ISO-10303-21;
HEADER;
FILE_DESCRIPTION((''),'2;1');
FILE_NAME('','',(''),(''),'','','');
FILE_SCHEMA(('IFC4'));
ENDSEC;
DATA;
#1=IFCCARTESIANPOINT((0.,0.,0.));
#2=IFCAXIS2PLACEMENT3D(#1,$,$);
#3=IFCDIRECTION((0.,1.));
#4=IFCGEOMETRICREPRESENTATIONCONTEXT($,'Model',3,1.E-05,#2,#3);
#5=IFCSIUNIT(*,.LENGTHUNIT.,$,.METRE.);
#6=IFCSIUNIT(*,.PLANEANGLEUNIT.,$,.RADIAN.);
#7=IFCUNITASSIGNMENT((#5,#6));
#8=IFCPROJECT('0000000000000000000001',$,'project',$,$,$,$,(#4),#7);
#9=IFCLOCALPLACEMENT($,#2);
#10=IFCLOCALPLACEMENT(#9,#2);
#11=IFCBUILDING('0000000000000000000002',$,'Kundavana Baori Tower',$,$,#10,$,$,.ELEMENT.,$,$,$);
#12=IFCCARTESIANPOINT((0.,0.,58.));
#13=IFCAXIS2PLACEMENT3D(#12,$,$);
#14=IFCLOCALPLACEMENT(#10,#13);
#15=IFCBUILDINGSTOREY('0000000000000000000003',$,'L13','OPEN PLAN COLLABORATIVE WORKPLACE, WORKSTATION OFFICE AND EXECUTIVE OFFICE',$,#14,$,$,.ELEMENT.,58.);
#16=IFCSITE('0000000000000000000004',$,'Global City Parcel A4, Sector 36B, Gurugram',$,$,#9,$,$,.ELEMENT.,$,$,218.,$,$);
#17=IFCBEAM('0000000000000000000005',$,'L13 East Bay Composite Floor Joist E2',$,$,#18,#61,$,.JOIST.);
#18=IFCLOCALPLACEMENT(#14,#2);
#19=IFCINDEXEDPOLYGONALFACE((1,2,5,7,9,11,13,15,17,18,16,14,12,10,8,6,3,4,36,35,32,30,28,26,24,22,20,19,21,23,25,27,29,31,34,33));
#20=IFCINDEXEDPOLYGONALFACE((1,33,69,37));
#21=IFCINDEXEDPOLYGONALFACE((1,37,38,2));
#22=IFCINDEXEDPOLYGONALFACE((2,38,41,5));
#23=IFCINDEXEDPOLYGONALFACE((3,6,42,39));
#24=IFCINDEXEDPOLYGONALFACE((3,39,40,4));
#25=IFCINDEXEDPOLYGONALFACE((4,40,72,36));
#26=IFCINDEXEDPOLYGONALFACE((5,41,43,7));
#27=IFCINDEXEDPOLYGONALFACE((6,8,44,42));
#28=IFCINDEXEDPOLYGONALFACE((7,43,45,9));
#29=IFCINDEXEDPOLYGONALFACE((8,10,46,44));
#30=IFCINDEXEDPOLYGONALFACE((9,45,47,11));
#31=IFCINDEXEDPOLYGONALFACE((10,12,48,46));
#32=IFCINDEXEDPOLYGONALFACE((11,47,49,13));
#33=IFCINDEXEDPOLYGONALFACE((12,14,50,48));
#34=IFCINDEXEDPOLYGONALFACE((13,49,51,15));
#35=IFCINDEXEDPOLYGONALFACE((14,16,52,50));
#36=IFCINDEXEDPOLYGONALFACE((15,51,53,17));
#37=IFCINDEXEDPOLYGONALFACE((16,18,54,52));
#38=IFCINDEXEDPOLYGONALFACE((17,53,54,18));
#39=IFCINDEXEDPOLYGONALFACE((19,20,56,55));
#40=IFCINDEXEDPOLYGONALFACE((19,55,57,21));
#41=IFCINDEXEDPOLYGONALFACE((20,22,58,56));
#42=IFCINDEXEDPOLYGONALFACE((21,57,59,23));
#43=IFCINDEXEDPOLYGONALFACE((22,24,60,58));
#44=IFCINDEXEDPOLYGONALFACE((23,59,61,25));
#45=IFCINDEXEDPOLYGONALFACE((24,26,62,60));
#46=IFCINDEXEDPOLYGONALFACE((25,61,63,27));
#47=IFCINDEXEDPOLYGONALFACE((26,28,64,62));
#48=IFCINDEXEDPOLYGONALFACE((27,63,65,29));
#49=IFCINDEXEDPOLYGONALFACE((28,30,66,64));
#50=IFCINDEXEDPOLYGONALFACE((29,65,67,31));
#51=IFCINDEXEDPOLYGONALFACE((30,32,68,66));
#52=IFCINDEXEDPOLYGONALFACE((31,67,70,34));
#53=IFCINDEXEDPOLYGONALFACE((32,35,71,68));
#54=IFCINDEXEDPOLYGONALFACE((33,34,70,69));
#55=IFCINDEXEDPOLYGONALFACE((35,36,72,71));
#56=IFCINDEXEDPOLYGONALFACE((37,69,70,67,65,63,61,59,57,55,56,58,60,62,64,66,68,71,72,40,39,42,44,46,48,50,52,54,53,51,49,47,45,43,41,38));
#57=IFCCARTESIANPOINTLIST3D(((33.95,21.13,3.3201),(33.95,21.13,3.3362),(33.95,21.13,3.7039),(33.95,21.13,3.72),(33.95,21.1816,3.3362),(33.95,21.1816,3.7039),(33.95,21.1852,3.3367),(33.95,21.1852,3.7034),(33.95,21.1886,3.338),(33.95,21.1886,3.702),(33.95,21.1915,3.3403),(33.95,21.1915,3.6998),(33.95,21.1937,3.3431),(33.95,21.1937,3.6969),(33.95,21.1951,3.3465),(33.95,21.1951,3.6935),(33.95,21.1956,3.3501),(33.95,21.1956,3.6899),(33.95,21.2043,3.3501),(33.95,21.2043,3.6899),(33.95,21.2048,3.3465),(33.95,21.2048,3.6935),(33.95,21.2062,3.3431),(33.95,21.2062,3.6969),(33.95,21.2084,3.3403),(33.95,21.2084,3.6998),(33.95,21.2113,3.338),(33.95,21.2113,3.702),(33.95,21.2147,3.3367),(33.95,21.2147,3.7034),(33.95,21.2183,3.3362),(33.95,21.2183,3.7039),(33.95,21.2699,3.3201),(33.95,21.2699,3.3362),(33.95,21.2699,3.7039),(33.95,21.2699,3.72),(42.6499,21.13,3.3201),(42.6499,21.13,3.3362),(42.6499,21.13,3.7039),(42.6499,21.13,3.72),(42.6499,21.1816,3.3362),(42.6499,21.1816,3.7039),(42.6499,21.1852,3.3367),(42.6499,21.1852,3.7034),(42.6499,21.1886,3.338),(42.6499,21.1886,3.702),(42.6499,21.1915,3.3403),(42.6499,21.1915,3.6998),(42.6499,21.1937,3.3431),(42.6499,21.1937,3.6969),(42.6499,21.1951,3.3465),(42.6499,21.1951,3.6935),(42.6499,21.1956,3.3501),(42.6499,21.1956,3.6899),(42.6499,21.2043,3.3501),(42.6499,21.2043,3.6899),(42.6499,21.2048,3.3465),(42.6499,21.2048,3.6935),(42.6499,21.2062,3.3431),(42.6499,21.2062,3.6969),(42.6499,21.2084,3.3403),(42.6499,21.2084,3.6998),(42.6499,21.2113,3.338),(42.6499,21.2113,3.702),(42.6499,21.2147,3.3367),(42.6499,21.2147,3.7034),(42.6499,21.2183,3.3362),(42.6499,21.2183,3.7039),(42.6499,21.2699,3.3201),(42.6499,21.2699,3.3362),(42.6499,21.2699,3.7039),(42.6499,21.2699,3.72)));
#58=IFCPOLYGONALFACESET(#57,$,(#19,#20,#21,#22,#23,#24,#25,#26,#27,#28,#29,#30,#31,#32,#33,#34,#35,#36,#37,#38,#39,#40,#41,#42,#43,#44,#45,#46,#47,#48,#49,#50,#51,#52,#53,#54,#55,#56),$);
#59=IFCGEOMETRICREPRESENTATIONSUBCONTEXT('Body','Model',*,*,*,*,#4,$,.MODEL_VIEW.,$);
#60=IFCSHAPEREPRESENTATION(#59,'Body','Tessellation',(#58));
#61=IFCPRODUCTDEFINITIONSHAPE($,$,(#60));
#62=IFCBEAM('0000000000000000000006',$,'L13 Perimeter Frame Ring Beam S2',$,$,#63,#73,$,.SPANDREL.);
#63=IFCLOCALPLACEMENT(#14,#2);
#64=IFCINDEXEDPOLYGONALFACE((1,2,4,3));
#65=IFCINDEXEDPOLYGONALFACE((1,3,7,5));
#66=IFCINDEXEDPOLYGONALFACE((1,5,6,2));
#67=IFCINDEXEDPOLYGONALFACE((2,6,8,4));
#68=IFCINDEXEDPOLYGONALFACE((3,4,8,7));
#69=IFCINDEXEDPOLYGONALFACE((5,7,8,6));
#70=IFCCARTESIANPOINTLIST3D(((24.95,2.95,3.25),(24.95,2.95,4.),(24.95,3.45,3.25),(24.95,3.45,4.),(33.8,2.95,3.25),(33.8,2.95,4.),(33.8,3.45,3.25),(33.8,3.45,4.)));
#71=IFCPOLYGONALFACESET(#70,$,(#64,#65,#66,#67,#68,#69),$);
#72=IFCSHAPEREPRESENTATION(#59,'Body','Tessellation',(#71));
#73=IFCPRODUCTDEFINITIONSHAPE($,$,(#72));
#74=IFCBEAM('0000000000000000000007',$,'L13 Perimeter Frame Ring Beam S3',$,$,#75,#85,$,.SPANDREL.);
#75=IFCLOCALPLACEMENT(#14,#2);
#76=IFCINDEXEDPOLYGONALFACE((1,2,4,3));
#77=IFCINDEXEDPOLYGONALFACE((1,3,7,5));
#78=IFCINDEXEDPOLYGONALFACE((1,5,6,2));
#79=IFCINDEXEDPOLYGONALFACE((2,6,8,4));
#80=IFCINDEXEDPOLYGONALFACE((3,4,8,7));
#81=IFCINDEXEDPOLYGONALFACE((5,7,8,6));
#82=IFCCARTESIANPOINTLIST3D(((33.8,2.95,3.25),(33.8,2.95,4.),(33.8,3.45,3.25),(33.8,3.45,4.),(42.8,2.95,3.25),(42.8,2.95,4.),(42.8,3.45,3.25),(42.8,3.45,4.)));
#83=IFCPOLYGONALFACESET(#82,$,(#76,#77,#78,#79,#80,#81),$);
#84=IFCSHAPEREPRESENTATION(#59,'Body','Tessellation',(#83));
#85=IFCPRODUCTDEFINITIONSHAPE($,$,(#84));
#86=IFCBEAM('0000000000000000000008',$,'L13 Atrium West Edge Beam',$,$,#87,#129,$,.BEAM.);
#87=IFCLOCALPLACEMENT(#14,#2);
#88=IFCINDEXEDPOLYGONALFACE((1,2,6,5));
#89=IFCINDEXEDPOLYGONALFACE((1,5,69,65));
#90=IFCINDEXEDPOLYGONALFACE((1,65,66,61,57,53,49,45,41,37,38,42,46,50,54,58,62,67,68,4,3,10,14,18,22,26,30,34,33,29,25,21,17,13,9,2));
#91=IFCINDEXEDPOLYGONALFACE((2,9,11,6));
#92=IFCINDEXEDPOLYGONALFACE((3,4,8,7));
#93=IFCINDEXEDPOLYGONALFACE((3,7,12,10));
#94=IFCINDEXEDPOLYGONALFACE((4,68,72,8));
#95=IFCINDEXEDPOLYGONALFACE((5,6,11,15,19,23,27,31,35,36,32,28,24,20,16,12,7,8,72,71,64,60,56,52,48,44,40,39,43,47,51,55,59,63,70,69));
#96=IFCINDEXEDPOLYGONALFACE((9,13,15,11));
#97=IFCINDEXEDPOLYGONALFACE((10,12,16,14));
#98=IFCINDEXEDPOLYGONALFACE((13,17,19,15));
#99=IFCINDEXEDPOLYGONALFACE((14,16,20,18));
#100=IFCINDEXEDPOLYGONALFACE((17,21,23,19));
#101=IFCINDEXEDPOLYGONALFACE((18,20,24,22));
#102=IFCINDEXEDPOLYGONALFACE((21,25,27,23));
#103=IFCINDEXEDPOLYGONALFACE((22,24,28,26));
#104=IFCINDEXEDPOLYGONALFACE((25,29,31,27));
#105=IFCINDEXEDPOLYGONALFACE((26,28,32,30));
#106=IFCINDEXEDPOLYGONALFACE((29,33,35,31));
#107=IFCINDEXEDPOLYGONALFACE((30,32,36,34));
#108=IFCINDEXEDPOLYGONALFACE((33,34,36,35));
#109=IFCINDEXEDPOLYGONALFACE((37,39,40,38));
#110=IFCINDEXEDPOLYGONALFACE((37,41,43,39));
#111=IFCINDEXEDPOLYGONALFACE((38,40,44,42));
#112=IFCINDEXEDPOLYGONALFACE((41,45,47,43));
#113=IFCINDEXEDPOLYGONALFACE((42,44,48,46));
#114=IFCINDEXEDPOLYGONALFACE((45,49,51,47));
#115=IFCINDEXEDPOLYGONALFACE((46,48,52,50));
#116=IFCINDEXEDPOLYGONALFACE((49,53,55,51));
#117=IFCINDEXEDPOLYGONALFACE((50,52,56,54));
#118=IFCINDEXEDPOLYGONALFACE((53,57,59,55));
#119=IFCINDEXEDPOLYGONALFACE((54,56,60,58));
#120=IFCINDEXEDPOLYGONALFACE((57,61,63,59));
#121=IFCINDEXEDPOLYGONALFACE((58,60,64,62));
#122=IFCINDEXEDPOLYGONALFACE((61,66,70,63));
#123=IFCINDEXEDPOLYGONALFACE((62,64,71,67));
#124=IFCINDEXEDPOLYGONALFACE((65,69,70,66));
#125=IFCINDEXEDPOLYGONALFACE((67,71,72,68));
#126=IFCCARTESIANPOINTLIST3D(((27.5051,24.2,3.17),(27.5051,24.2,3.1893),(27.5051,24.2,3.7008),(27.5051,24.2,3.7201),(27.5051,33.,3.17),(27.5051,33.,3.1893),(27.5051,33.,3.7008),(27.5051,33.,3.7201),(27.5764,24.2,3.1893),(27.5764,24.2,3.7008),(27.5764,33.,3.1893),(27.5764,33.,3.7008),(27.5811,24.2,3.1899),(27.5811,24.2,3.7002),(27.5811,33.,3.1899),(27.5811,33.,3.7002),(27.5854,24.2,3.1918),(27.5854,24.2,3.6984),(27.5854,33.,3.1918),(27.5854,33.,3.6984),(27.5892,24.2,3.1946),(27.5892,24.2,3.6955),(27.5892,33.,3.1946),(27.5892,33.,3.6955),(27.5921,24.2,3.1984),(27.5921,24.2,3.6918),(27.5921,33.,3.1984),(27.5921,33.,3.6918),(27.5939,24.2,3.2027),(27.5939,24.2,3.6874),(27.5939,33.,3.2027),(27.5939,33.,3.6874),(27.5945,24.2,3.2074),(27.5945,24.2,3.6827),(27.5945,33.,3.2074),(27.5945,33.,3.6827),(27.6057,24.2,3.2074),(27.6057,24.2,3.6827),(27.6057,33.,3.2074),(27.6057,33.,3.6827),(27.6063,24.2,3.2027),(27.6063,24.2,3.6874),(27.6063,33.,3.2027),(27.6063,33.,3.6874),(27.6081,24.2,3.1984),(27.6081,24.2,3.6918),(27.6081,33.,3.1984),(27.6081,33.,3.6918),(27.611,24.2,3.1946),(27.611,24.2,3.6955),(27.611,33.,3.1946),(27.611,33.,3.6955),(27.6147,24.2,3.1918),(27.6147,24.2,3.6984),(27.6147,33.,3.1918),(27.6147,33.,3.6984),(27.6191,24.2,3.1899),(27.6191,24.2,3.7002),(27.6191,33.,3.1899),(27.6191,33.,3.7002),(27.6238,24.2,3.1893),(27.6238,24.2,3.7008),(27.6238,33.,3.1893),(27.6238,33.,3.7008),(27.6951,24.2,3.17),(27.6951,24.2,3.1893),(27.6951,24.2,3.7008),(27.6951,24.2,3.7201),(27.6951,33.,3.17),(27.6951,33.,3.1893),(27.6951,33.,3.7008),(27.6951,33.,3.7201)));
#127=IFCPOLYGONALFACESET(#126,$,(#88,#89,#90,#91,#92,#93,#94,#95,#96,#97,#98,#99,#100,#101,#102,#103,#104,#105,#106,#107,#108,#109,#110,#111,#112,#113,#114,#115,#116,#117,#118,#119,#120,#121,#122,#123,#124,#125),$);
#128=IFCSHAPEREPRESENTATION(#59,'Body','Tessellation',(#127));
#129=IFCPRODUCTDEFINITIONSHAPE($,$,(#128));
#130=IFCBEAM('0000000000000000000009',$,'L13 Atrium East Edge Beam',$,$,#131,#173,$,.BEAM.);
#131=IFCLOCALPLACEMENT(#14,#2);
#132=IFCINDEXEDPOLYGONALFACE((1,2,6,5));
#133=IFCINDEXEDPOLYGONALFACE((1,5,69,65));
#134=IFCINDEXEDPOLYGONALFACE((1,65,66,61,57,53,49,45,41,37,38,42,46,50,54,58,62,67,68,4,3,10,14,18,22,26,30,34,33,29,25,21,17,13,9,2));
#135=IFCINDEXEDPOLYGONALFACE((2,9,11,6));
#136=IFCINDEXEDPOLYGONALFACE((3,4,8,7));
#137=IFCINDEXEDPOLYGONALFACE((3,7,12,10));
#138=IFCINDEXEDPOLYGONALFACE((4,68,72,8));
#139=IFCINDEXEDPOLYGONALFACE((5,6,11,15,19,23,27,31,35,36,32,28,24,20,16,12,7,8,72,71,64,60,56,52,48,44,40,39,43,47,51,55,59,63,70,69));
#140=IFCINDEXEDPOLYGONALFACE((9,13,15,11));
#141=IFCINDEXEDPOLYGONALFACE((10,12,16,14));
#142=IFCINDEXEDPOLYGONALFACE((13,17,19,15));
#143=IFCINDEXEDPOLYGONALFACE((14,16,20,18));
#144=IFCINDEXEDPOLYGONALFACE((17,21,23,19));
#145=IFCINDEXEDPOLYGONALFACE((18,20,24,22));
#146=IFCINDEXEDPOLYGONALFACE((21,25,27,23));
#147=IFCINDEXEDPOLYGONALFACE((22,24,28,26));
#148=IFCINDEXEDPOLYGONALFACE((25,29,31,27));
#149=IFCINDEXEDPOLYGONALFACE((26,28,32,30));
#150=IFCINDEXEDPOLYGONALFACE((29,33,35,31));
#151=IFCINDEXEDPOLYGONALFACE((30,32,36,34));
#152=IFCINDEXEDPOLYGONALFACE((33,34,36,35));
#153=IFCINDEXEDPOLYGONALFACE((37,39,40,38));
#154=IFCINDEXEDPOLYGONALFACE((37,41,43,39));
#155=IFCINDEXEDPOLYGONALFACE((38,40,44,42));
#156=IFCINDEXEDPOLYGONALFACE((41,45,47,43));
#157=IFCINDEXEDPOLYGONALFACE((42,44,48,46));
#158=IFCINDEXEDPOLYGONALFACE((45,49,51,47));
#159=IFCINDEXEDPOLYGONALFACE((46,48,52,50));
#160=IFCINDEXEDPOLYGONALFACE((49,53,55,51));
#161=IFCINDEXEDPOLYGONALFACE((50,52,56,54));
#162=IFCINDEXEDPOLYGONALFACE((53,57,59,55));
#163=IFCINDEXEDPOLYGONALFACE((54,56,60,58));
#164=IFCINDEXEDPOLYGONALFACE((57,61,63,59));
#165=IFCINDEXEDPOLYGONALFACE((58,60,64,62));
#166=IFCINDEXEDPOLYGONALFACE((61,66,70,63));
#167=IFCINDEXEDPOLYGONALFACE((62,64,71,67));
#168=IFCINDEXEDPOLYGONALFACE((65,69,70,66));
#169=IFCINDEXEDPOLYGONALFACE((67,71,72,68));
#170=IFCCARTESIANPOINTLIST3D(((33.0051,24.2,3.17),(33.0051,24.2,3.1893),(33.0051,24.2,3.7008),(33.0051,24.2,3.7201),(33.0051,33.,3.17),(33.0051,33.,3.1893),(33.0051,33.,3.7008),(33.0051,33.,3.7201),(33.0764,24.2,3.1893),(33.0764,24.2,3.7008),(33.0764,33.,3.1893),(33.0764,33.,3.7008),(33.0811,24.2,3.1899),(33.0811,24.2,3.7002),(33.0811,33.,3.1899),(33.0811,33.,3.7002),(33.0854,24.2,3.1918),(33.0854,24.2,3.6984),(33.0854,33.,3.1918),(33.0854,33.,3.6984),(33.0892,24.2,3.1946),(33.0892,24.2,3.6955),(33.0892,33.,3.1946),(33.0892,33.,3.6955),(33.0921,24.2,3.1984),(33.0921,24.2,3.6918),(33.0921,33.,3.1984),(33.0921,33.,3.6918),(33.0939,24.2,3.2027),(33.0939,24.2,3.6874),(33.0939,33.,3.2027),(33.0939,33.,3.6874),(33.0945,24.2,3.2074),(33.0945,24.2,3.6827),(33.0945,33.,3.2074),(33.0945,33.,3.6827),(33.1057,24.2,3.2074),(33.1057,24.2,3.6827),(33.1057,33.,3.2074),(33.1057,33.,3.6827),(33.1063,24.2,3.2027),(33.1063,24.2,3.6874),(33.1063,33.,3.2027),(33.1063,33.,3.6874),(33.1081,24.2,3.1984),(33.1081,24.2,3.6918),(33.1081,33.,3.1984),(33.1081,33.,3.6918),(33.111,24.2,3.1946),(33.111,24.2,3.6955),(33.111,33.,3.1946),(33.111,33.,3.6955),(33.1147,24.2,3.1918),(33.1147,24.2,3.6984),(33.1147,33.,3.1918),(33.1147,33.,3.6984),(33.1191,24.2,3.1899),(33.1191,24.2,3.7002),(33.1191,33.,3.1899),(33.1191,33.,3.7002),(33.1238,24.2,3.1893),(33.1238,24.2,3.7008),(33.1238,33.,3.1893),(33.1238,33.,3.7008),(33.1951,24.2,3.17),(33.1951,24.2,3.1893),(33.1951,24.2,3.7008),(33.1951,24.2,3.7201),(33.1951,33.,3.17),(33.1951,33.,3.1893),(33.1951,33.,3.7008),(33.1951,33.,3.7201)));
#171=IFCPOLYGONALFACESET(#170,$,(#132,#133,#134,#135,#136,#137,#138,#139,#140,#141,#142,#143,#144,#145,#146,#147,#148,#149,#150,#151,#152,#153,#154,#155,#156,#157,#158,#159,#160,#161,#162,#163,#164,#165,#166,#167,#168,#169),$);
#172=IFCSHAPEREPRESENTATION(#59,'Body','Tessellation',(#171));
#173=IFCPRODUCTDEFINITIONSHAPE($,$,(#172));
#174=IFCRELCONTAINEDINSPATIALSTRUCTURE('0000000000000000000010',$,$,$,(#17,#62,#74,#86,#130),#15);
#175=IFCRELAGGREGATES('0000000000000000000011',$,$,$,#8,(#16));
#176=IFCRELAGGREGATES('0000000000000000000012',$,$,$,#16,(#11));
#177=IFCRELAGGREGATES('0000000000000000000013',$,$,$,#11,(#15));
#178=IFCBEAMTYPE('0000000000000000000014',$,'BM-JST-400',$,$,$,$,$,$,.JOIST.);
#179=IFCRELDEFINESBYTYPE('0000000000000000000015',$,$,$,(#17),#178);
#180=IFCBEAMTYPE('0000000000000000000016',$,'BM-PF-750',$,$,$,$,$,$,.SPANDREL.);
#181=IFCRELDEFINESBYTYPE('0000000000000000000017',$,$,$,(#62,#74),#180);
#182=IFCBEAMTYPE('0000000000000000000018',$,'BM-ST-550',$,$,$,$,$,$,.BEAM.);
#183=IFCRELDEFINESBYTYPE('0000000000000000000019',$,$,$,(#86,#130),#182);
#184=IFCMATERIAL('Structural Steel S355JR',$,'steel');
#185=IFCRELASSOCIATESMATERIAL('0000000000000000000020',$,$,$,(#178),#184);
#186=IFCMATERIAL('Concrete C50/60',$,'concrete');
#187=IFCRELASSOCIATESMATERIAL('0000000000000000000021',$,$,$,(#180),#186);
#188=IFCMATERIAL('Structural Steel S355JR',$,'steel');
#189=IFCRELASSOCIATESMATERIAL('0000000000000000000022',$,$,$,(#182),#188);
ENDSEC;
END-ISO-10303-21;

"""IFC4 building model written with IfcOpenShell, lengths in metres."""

from ifc_helpers import new_model, si_unit, direction, frame, origin, origin_2d, place, context, subcontext, project, spatial, rectangle, i_section, extrude, material, material_profile, profile_set, type_object, element, save


model = new_model("IFC4")

# Units and contexts
model_context = context("Model", 3, precision=1e-05, world=origin(), true_north=direction((0.0, 1.0)))
body_context = subcontext(model_context, "Body", "Model", "MODEL_VIEW")
ifc_project = project(units=[si_unit("LENGTHUNIT", "METRE"), si_unit("PLANEANGLEUNIT", "RADIAN")], contexts=[model_context])

# Site, building, storey
site_placement = place(None, origin())
site = spatial("IfcSite", under=ifc_project, at=site_placement, Name="Global City Parcel A4, Sector 36B, Gurugram", CompositionType="ELEMENT", RefElevation=218.0)
building_placement = place(site_placement, origin())
building = spatial("IfcBuilding", under=site, at=building_placement, Name="Kundavana Baori Tower", CompositionType="ELEMENT")
storey_placement = place(building_placement, frame((0.0, 0.0, 58.0)))
storey = spatial("IfcBuildingStorey", under=building, at=storey_placement, Name="L13", Description="OPEN PLAN COLLABORATIVE WORKPLACE, WORKSTATION OFFICE AND EXECUTIVE OFFICE", CompositionType="ELEMENT", Elevation=58.0)

# Beams
ifc_material_1 = material(Name="Structural Steel S355JR", Category="steel")
ifc_material_profile_1 = material_profile(ifc_material_1, i_section(OverallWidth=0.1399, OverallDepth=0.3999, WebThickness=0.0088, FlangeThickness=0.0161, FilletRadius=0.0139, at=origin_2d()), Name="ISMB 400")
ifc_profile_set_1 = profile_set([ifc_material_profile_1], Name="Structural Steel S355JR")
beam_type_1 = type_object("IfcBeamType", Name="BM-JST-400", PredefinedType="JOIST", material=ifc_profile_set_1)
for number, where, z_axis, x_axis, name in (
    (1, (33.95, 21.2, 3.52), (1.0, 0.0, 0.0), (0.0, 1.0, 0.0), "L13 East Bay Composite Floor Joist E2"),
):
    element("IfcBeam", number, at=place(storey_placement, frame(where, z_axis=z_axis, x_axis=x_axis)), inside=storey, type_object=beam_type_1, Name=name, PredefinedType="JOIST", context=body_context, shape_type="SweptSolid", body=[
        extrude(i_section(OverallWidth=0.1399, OverallDepth=0.3999, WebThickness=0.0088, FlangeThickness=0.0161, FilletRadius=0.0139, at=origin_2d()), origin(), (0.0, 0.0, 1.0), 8.7),
    ])
ifc_material_2 = material(Name="Concrete C50/60", Category="concrete")
ifc_material_profile_2 = material_profile(ifc_material_2, rectangle(XDim=0.5, YDim=0.75, at=origin_2d()), Name="RC BM 500x750")
ifc_profile_set_2 = profile_set([ifc_material_profile_2], Name="Concrete C50/60")
beam_type_2 = type_object("IfcBeamType", Name="BM-PF-750", PredefinedType="SPANDREL", material=ifc_profile_set_2)
beam_1_placement = place(storey_placement, frame((24.95, 3.2, 3.625), z_axis=(1.0, 0.0, 0.0), x_axis=(0.0, 1.0, 0.0)))
element("IfcBeam", 2, at=beam_1_placement, inside=storey, type_object=beam_type_2, Name="L13 Perimeter Frame Ring Beam S2", PredefinedType="SPANDREL", context=body_context, shape_type="SweptSolid", body=[
    extrude(rectangle(XDim=0.5, YDim=0.75, at=origin_2d()), origin(), (0.0, 0.0, 1.0), 8.8501),
])
beam_2_placement = place(storey_placement, frame((33.8, 3.2, 3.625), z_axis=(1.0, 0.0, 0.0), x_axis=(0.0, 1.0, 0.0)))
element("IfcBeam", 3, at=beam_2_placement, inside=storey, type_object=beam_type_2, Name="L13 Perimeter Frame Ring Beam S3", PredefinedType="SPANDREL", context=body_context, shape_type="SweptSolid", body=[
    extrude(rectangle(XDim=0.5, YDim=0.75, at=origin_2d()), origin(), (0.0, 0.0, 1.0), 9.0),
])
ifc_material_3 = material(Name="Structural Steel S355JR", Category="steel")
ifc_material_profile_3 = material_profile(ifc_material_3, i_section(OverallWidth=0.1899, OverallDepth=0.55, WebThickness=0.0112, FlangeThickness=0.0193, FilletRadius=0.0181, at=origin_2d()), Name="ISMB 550")
ifc_profile_set_3 = profile_set([ifc_material_profile_3], Name="Structural Steel S355JR")
beam_type_3 = type_object("IfcBeamType", Name="BM-ST-550", PredefinedType="BEAM", material=ifc_profile_set_3)
for number, where, z_axis, x_axis, name in (
    (4, (27.6001, 24.2, 3.4451), (0.0, 1.0, 0.0), (-1.0, 0.0, 0.0), "L13 Atrium West Edge Beam"),
    (5, (33.1001, 24.2, 3.4451), (0.0, 1.0, 0.0), (-1.0, 0.0, 0.0), "L13 Atrium East Edge Beam"),
):
    element("IfcBeam", number, at=place(storey_placement, frame(where, z_axis=z_axis, x_axis=x_axis)), inside=storey, type_object=beam_type_3, Name=name, PredefinedType="BEAM", context=body_context, shape_type="SweptSolid", body=[
        extrude(i_section(OverallWidth=0.1899, OverallDepth=0.55, WebThickness=0.0112, FlangeThickness=0.0193, FilletRadius=0.0181, at=origin_2d()), origin(), (0.0, 0.0, 1.0), 8.8),
    ])

save(model, "model.ifc")
